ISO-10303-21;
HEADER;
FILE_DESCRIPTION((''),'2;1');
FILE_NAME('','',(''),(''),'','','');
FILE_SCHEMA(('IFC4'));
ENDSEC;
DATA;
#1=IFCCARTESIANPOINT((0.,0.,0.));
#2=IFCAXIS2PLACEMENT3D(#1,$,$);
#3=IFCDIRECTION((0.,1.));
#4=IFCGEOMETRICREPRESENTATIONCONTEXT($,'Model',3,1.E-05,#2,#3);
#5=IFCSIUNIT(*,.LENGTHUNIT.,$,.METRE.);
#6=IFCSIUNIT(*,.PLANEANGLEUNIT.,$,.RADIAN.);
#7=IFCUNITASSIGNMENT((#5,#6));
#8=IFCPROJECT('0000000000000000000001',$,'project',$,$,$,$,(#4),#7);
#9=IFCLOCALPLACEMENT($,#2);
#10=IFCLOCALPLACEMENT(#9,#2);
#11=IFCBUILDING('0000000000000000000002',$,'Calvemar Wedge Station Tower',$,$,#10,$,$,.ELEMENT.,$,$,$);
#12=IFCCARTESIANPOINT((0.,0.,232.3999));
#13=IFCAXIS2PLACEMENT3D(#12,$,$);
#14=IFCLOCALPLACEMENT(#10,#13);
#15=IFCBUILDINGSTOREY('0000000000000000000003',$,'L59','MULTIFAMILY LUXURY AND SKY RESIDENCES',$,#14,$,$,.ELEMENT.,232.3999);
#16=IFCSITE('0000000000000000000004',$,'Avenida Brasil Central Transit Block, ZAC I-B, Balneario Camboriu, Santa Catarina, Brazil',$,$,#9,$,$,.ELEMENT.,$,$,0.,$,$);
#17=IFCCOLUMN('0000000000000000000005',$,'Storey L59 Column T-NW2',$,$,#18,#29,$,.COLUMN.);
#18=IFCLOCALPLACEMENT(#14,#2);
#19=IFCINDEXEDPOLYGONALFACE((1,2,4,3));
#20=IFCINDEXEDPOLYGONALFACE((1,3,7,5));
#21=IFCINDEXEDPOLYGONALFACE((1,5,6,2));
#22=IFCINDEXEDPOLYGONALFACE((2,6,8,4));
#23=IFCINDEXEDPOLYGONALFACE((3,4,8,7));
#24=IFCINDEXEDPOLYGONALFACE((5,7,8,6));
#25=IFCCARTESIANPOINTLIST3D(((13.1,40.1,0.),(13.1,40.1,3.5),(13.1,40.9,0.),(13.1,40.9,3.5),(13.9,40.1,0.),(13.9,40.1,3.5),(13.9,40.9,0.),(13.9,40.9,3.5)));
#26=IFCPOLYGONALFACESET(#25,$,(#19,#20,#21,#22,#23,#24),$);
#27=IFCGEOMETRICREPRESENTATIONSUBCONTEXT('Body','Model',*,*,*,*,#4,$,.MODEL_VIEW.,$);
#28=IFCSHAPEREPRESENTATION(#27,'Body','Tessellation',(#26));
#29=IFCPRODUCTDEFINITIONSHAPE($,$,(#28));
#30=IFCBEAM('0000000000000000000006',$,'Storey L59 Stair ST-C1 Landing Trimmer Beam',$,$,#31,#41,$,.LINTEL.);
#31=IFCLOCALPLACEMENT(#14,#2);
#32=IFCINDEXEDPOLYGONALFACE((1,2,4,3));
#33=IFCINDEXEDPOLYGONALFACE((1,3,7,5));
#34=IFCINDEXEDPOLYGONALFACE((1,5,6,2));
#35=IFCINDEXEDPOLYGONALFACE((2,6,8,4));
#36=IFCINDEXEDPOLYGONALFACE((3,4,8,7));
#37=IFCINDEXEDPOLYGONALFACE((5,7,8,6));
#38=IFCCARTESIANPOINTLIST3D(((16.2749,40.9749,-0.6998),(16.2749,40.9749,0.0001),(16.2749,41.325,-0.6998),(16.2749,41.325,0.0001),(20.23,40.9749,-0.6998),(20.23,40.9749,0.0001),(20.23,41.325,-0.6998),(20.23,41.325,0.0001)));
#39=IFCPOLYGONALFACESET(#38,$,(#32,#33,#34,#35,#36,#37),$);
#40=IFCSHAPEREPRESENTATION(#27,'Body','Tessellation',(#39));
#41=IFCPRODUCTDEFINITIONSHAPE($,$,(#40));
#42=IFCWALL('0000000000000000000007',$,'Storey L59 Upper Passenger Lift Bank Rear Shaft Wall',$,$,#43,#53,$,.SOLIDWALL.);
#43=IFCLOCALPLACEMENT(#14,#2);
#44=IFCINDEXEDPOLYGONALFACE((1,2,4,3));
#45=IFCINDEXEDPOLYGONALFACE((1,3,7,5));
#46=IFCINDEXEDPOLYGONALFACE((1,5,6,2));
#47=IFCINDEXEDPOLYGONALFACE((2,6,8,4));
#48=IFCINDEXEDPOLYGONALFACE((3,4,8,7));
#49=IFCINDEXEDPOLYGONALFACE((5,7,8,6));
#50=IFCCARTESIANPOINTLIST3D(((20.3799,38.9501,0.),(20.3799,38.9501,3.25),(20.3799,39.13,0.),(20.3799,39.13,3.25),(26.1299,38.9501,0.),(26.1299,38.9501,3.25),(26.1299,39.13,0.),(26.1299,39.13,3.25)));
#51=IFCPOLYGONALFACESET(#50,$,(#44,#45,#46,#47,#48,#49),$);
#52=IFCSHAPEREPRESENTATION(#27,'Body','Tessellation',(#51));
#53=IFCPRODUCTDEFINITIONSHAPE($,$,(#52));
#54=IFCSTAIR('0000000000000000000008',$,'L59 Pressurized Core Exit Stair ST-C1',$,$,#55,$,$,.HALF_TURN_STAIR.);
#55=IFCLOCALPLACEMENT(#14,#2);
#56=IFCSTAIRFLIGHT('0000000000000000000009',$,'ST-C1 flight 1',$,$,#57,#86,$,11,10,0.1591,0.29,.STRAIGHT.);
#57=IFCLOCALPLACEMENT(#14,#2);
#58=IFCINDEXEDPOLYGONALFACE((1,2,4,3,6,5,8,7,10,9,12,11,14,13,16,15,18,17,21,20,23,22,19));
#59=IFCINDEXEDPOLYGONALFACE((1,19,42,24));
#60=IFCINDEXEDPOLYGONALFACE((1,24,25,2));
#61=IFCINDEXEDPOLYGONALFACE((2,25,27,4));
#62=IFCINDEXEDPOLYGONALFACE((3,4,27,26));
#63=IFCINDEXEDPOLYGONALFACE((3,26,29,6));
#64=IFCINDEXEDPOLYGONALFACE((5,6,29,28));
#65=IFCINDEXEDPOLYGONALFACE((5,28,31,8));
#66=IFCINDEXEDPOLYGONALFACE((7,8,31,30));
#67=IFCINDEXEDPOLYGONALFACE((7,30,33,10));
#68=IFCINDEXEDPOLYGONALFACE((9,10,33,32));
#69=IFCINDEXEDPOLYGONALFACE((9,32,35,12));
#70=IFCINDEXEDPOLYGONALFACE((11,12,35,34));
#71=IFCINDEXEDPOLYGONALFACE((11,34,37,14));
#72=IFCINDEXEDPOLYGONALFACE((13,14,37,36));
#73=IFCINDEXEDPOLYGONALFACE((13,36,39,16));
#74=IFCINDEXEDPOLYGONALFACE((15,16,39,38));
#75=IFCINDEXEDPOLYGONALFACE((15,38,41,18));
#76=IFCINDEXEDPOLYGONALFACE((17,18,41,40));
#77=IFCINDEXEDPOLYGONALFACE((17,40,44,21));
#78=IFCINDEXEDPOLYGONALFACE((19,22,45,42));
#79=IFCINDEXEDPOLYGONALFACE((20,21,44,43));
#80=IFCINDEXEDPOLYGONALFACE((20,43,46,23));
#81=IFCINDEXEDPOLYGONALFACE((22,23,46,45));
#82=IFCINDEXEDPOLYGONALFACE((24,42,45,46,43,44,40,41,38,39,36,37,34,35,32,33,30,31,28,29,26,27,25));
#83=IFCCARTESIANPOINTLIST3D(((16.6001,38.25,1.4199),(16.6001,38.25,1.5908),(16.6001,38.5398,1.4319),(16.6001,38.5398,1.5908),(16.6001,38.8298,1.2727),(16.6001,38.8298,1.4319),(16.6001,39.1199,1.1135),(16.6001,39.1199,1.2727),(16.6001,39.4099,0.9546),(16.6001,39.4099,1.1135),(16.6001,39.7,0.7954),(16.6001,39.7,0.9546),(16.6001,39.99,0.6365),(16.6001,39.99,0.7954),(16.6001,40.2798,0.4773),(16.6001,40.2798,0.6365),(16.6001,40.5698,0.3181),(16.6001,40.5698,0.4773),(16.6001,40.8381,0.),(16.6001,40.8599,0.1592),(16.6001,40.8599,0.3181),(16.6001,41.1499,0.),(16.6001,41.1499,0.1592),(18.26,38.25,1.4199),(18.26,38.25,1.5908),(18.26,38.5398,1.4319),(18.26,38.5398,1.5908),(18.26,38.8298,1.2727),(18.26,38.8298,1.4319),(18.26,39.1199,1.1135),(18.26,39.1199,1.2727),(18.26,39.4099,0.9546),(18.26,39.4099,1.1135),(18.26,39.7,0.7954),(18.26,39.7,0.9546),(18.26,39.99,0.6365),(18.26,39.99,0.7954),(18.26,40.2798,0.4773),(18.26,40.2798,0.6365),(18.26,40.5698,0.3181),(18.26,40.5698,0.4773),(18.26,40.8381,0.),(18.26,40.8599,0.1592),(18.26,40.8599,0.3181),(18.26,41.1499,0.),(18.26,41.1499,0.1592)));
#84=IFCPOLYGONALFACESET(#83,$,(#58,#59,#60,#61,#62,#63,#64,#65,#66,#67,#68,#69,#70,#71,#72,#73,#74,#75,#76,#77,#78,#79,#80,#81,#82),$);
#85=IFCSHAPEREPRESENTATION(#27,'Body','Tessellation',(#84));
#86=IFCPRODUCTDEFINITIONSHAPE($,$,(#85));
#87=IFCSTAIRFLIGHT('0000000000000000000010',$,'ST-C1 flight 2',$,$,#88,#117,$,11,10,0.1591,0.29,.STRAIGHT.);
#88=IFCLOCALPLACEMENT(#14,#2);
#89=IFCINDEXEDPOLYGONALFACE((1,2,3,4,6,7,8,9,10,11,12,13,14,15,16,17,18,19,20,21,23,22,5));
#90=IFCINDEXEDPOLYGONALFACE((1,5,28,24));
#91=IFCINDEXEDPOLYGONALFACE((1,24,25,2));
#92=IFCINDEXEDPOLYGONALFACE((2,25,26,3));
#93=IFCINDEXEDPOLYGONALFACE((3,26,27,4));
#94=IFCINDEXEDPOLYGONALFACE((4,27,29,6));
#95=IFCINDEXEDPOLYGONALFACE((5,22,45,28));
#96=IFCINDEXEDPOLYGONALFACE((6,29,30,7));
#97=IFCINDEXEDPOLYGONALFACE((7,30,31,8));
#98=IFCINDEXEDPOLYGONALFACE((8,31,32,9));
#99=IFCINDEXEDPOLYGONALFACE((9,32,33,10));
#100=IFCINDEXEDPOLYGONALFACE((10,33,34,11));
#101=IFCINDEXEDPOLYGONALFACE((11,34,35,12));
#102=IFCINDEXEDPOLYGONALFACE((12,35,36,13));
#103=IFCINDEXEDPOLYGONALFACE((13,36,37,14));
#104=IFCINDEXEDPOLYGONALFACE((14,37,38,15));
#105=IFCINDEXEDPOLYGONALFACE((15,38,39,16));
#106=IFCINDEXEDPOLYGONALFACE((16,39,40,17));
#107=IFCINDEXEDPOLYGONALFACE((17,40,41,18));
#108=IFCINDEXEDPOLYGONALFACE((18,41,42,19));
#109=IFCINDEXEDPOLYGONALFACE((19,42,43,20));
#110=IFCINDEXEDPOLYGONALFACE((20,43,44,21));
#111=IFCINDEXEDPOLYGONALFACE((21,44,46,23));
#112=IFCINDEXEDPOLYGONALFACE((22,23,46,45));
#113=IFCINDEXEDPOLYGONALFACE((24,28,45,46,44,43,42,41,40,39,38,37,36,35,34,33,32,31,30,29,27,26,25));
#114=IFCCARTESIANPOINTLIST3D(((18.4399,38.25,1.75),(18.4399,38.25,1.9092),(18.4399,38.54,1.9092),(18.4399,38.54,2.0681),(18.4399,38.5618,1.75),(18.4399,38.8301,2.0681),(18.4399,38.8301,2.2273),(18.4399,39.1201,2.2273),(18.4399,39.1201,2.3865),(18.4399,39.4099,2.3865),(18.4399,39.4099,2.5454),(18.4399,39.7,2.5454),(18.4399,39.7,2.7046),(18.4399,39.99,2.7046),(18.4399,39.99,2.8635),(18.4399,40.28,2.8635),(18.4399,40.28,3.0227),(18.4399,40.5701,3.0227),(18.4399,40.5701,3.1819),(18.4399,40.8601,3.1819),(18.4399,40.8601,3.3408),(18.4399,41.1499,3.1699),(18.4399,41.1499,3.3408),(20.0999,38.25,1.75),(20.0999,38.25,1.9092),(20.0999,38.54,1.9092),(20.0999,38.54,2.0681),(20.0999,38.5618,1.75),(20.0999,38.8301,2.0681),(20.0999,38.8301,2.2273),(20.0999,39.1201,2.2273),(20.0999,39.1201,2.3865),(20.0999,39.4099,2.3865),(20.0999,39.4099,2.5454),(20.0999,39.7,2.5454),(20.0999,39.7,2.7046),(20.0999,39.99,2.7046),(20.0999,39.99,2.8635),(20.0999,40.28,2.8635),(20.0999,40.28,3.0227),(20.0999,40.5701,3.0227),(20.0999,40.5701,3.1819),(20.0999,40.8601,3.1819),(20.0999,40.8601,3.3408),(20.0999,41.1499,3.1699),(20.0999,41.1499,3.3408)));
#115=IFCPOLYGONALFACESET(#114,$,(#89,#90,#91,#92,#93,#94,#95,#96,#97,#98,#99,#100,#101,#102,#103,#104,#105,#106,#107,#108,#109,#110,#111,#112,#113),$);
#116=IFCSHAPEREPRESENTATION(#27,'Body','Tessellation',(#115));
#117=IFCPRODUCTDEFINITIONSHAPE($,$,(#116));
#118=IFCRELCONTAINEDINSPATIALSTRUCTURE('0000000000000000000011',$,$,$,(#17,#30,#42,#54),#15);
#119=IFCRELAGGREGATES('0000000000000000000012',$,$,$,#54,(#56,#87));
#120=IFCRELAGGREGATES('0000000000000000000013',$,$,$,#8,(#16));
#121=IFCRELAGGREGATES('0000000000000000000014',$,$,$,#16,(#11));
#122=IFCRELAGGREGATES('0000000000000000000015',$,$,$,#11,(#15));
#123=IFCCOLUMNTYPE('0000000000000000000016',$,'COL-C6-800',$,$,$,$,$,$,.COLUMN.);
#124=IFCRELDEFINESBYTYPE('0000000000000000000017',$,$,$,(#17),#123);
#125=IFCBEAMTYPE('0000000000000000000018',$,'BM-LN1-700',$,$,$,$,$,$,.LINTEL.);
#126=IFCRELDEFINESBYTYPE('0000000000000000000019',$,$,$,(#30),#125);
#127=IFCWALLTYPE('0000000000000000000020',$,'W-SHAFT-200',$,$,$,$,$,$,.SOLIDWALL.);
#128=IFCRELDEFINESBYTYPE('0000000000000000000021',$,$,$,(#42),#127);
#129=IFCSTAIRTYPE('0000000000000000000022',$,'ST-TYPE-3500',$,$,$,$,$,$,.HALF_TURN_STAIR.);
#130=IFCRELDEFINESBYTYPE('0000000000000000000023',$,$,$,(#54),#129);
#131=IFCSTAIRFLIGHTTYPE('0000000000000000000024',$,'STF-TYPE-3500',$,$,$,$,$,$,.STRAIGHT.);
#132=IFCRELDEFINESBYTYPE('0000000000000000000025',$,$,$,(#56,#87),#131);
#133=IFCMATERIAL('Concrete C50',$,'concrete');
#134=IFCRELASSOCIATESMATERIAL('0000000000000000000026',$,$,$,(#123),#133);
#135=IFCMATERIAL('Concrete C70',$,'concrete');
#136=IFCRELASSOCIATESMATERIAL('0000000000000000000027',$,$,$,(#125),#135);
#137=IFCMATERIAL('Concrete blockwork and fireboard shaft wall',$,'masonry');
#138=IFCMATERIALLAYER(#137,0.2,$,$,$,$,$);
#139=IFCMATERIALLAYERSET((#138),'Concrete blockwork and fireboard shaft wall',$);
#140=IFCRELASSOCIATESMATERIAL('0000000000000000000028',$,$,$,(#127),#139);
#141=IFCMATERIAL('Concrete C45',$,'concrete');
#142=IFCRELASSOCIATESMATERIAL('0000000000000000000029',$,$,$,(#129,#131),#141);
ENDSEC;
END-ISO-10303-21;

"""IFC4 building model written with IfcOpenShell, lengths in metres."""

from ifc_helpers import new_model, si_unit, direction, frame, frame_2d, origin, origin_2d, place, context, subcontext, project, spatial, polyline, rectangle, outline, extrude, source, transform, mapped, material, layer, layer_set, material_profile, profile_set, type_object, element, aggregate, save


model = new_model("IFC4")

# Units and contexts
model_context = context("Model", 3, precision=1e-05, world=origin(), true_north=direction((0.0, 1.0)))
body_context = subcontext(model_context, "Body", "Model", "MODEL_VIEW")
ifc_project = project(units=[si_unit("LENGTHUNIT", "METRE"), si_unit("PLANEANGLEUNIT", "RADIAN")], contexts=[model_context])

# Site, building, storey
site_placement = place(None, origin())
site = spatial("IfcSite", under=ifc_project, at=site_placement, Name="Avenida Brasil Central Transit Block, ZAC I-B, Balneario Camboriu, Santa Catarina, Brazil", CompositionType="ELEMENT", RefElevation=0.0)
building_placement = place(site_placement, origin())
building = spatial("IfcBuilding", under=site, at=building_placement, Name="Calvemar Wedge Station Tower", CompositionType="ELEMENT")
storey_placement = place(building_placement, frame((0.0, 0.0, 232.3999)))
storey = spatial("IfcBuildingStorey", under=building, at=storey_placement, Name="L59", Description="MULTIFAMILY LUXURY AND SKY RESIDENCES", CompositionType="ELEMENT", Elevation=232.3999)

# Column
ifc_material_1 = material(Name="Concrete C50", Category="concrete")
ifc_material_profile_1 = material_profile(ifc_material_1, rectangle(XDim=0.8, YDim=0.8, at=origin_2d()), Name="RC800x800")
ifc_profile_set_1 = profile_set([ifc_material_profile_1], Name="Concrete C50")
column_type = type_object("IfcColumnType", Name="COL-C6-800", PredefinedType="COLUMN", material=ifc_profile_set_1)
shared_shape_1 = source(origin(), body_context, "Body", "SweptSolid", [
    extrude(rectangle(XDim=0.8, YDim=0.8, at=origin_2d()), origin(), (0.0, 0.0, 1.0), 3.5),
])
column_placement = place(storey_placement, frame((13.5, 40.5, 0.0), z_axis=(0.0, 0.0, 1.0), x_axis=(1.0, 0.0, 0.0)))
element("IfcColumn", 1, at=column_placement, inside=storey, type_object=column_type, Name="Storey L59 Column T-NW2", PredefinedType="COLUMN", context=body_context, shape_type="MappedRepresentation", body=[
    mapped(shared_shape_1, transform((0.0, 0.0, 0.0), scale=1.0)),
])

# Beam
ifc_material_2 = material(Name="Concrete C70", Category="concrete")
ifc_material_profile_2 = material_profile(ifc_material_2, rectangle(XDim=0.3501, YDim=0.7, at=origin_2d()), Name="RC350x700")
ifc_profile_set_2 = profile_set([ifc_material_profile_2], Name="Concrete C70")
beam_type = type_object("IfcBeamType", Name="BM-LN1-700", PredefinedType="LINTEL", material=ifc_profile_set_2)
shared_shape_2 = source(origin(), body_context, "Body", "SweptSolid", [
    extrude(rectangle(XDim=0.3501, YDim=0.7, at=origin_2d()), origin(), (0.0, 0.0, 1.0), 3.9551),
])
beam_placement = place(storey_placement, frame((16.2749, 41.1499, -0.3499), z_axis=(1.0, 0.0, 0.0), x_axis=(0.0, 1.0, 0.0)))
element("IfcBeam", 2, at=beam_placement, inside=storey, type_object=beam_type, Name="Storey L59 Stair ST-C1 Landing Trimmer Beam", PredefinedType="LINTEL", context=body_context, shape_type="MappedRepresentation", body=[
    mapped(shared_shape_2, transform((0.0, 0.0, 0.0), scale=1.0)),
])

# Wall
ifc_material_3 = material(Name="Concrete blockwork and fireboard shaft wall", Category="masonry")
ifc_layer_1 = layer(ifc_material_3, 0.2)
ifc_layer_set_1 = layer_set([ifc_layer_1], Name="Concrete blockwork and fireboard shaft wall")
wall_type_1 = type_object("IfcWallType", Name="W-SHAFT-200", PredefinedType="SOLIDWALL", material=ifc_layer_set_1)
wall_1_placement = place(storey_placement, frame((20.3799, 39.04, 0.0), z_axis=(0.0, 0.0, 1.0), x_axis=(1.0, 0.0, 0.0)))
element("IfcWall", 3, at=wall_1_placement, inside=storey, type_object=wall_type_1, Name="Storey L59 Upper Passenger Lift Bank Rear Shaft Wall", PredefinedType="SOLIDWALL", context=body_context, shape_type="SweptSolid", body=[
    extrude(rectangle(XDim=5.75, YDim=0.1799, at=frame_2d((2.875, 0.0))), origin(), (0.0, 0.0, 1.0), 3.25),
])

# Stair, stair flights
ifc_material_4 = material(Name="Concrete C45", Category="concrete")
stair_type = type_object("IfcStairType", Name="ST-TYPE-3500", PredefinedType="HALF_TURN_STAIR", material=ifc_material_4)
stair_placement = place(storey_placement, origin())
stair = element("IfcStair", 4, at=stair_placement, inside=storey, type_object=stair_type, Name="L59 Pressurized Core Exit Stair ST-C1", PredefinedType="HALF_TURN_STAIR")
stair_flight_type = type_object("IfcStairFlightType", Name="STF-TYPE-3500", PredefinedType="STRAIGHT", material=ifc_material_4)
stair_flight_1_placement = place(storey_placement, frame((17.4299, 41.1499, 0.0), z_axis=(0.0, 0.0, 1.0), x_axis=(0.0, -1.0, 0.0)))
stair_flight_1 = element("IfcStairFlight", 5, at=stair_flight_1_placement, type_object=stair_flight_type, Name="ST-C1 flight 1", NumberOfRisers=11, NumberOfTreads=10, PredefinedType="STRAIGHT", RiserHeight=0.1591, TreadLength=0.29, context=body_context, shape_type="SweptSolid", body=[
    extrude(outline(polyline([(0.0, 0.0), (0.0, 0.1592), (0.29, 0.1592), (0.29, 0.3181), (0.5801, 0.3181), (0.5801, 0.4773), (0.8701, 0.4773), (0.8701, 0.6365), (1.1599, 0.6365), (1.1599, 0.7954), (1.45, 0.7954), (1.45, 0.9546), (1.74, 0.9546), (1.74, 1.1135), (2.03, 1.1135), (2.03, 1.2727), (2.3201, 1.2727), (2.3201, 1.4319), (2.6101, 1.4319), (2.6101, 1.5908), (2.8999, 1.5908), (2.8999, 1.75), (2.8999, 1.4199), (0.3118, 0.0), (0.0, 0.0)])), frame((0.0, 0.8301, 0.0), z_axis=(0.0, -1.0, 0.0), x_axis=(1.0, 0.0, 0.0)), (0.0, 0.0, 1.0), 1.6599),
])
stair_flight_2_placement = place(storey_placement, frame((19.27, 38.25, 1.75), z_axis=(0.0, 0.0, 1.0), x_axis=(0.0, 1.0, 0.0)))
stair_flight_2 = element("IfcStairFlight", 6, at=stair_flight_2_placement, type_object=stair_flight_type, Name="ST-C1 flight 2", NumberOfRisers=11, NumberOfTreads=10, PredefinedType="STRAIGHT", RiserHeight=0.1591, TreadLength=0.29, context=body_context, shape_type="SweptSolid", body=[
    extrude(outline(polyline([(0.0, 0.0), (0.0, 0.1592), (0.29, 0.1592), (0.29, 0.3181), (0.5801, 0.3181), (0.5801, 0.4773), (0.8701, 0.4773), (0.8701, 0.6365), (1.1599, 0.6365), (1.1599, 0.7954), (1.45, 0.7954), (1.45, 0.9546), (1.74, 0.9546), (1.74, 1.1135), (2.03, 1.1135), (2.03, 1.2727), (2.3201, 1.2727), (2.3201, 1.4319), (2.6101, 1.4319), (2.6101, 1.5908), (2.8999, 1.5908), (2.8999, 1.75), (2.8999, 1.4199), (0.3118, 0.0), (0.0, 0.0)])), frame((0.0, 0.8301, 0.0), z_axis=(0.0, -1.0, 0.0), x_axis=(1.0, 0.0, 0.0)), (0.0, 0.0, 1.0), 1.6599),
])
aggregate(stair, [stair_flight_1, stair_flight_2])

save(model, "model.ifc")
